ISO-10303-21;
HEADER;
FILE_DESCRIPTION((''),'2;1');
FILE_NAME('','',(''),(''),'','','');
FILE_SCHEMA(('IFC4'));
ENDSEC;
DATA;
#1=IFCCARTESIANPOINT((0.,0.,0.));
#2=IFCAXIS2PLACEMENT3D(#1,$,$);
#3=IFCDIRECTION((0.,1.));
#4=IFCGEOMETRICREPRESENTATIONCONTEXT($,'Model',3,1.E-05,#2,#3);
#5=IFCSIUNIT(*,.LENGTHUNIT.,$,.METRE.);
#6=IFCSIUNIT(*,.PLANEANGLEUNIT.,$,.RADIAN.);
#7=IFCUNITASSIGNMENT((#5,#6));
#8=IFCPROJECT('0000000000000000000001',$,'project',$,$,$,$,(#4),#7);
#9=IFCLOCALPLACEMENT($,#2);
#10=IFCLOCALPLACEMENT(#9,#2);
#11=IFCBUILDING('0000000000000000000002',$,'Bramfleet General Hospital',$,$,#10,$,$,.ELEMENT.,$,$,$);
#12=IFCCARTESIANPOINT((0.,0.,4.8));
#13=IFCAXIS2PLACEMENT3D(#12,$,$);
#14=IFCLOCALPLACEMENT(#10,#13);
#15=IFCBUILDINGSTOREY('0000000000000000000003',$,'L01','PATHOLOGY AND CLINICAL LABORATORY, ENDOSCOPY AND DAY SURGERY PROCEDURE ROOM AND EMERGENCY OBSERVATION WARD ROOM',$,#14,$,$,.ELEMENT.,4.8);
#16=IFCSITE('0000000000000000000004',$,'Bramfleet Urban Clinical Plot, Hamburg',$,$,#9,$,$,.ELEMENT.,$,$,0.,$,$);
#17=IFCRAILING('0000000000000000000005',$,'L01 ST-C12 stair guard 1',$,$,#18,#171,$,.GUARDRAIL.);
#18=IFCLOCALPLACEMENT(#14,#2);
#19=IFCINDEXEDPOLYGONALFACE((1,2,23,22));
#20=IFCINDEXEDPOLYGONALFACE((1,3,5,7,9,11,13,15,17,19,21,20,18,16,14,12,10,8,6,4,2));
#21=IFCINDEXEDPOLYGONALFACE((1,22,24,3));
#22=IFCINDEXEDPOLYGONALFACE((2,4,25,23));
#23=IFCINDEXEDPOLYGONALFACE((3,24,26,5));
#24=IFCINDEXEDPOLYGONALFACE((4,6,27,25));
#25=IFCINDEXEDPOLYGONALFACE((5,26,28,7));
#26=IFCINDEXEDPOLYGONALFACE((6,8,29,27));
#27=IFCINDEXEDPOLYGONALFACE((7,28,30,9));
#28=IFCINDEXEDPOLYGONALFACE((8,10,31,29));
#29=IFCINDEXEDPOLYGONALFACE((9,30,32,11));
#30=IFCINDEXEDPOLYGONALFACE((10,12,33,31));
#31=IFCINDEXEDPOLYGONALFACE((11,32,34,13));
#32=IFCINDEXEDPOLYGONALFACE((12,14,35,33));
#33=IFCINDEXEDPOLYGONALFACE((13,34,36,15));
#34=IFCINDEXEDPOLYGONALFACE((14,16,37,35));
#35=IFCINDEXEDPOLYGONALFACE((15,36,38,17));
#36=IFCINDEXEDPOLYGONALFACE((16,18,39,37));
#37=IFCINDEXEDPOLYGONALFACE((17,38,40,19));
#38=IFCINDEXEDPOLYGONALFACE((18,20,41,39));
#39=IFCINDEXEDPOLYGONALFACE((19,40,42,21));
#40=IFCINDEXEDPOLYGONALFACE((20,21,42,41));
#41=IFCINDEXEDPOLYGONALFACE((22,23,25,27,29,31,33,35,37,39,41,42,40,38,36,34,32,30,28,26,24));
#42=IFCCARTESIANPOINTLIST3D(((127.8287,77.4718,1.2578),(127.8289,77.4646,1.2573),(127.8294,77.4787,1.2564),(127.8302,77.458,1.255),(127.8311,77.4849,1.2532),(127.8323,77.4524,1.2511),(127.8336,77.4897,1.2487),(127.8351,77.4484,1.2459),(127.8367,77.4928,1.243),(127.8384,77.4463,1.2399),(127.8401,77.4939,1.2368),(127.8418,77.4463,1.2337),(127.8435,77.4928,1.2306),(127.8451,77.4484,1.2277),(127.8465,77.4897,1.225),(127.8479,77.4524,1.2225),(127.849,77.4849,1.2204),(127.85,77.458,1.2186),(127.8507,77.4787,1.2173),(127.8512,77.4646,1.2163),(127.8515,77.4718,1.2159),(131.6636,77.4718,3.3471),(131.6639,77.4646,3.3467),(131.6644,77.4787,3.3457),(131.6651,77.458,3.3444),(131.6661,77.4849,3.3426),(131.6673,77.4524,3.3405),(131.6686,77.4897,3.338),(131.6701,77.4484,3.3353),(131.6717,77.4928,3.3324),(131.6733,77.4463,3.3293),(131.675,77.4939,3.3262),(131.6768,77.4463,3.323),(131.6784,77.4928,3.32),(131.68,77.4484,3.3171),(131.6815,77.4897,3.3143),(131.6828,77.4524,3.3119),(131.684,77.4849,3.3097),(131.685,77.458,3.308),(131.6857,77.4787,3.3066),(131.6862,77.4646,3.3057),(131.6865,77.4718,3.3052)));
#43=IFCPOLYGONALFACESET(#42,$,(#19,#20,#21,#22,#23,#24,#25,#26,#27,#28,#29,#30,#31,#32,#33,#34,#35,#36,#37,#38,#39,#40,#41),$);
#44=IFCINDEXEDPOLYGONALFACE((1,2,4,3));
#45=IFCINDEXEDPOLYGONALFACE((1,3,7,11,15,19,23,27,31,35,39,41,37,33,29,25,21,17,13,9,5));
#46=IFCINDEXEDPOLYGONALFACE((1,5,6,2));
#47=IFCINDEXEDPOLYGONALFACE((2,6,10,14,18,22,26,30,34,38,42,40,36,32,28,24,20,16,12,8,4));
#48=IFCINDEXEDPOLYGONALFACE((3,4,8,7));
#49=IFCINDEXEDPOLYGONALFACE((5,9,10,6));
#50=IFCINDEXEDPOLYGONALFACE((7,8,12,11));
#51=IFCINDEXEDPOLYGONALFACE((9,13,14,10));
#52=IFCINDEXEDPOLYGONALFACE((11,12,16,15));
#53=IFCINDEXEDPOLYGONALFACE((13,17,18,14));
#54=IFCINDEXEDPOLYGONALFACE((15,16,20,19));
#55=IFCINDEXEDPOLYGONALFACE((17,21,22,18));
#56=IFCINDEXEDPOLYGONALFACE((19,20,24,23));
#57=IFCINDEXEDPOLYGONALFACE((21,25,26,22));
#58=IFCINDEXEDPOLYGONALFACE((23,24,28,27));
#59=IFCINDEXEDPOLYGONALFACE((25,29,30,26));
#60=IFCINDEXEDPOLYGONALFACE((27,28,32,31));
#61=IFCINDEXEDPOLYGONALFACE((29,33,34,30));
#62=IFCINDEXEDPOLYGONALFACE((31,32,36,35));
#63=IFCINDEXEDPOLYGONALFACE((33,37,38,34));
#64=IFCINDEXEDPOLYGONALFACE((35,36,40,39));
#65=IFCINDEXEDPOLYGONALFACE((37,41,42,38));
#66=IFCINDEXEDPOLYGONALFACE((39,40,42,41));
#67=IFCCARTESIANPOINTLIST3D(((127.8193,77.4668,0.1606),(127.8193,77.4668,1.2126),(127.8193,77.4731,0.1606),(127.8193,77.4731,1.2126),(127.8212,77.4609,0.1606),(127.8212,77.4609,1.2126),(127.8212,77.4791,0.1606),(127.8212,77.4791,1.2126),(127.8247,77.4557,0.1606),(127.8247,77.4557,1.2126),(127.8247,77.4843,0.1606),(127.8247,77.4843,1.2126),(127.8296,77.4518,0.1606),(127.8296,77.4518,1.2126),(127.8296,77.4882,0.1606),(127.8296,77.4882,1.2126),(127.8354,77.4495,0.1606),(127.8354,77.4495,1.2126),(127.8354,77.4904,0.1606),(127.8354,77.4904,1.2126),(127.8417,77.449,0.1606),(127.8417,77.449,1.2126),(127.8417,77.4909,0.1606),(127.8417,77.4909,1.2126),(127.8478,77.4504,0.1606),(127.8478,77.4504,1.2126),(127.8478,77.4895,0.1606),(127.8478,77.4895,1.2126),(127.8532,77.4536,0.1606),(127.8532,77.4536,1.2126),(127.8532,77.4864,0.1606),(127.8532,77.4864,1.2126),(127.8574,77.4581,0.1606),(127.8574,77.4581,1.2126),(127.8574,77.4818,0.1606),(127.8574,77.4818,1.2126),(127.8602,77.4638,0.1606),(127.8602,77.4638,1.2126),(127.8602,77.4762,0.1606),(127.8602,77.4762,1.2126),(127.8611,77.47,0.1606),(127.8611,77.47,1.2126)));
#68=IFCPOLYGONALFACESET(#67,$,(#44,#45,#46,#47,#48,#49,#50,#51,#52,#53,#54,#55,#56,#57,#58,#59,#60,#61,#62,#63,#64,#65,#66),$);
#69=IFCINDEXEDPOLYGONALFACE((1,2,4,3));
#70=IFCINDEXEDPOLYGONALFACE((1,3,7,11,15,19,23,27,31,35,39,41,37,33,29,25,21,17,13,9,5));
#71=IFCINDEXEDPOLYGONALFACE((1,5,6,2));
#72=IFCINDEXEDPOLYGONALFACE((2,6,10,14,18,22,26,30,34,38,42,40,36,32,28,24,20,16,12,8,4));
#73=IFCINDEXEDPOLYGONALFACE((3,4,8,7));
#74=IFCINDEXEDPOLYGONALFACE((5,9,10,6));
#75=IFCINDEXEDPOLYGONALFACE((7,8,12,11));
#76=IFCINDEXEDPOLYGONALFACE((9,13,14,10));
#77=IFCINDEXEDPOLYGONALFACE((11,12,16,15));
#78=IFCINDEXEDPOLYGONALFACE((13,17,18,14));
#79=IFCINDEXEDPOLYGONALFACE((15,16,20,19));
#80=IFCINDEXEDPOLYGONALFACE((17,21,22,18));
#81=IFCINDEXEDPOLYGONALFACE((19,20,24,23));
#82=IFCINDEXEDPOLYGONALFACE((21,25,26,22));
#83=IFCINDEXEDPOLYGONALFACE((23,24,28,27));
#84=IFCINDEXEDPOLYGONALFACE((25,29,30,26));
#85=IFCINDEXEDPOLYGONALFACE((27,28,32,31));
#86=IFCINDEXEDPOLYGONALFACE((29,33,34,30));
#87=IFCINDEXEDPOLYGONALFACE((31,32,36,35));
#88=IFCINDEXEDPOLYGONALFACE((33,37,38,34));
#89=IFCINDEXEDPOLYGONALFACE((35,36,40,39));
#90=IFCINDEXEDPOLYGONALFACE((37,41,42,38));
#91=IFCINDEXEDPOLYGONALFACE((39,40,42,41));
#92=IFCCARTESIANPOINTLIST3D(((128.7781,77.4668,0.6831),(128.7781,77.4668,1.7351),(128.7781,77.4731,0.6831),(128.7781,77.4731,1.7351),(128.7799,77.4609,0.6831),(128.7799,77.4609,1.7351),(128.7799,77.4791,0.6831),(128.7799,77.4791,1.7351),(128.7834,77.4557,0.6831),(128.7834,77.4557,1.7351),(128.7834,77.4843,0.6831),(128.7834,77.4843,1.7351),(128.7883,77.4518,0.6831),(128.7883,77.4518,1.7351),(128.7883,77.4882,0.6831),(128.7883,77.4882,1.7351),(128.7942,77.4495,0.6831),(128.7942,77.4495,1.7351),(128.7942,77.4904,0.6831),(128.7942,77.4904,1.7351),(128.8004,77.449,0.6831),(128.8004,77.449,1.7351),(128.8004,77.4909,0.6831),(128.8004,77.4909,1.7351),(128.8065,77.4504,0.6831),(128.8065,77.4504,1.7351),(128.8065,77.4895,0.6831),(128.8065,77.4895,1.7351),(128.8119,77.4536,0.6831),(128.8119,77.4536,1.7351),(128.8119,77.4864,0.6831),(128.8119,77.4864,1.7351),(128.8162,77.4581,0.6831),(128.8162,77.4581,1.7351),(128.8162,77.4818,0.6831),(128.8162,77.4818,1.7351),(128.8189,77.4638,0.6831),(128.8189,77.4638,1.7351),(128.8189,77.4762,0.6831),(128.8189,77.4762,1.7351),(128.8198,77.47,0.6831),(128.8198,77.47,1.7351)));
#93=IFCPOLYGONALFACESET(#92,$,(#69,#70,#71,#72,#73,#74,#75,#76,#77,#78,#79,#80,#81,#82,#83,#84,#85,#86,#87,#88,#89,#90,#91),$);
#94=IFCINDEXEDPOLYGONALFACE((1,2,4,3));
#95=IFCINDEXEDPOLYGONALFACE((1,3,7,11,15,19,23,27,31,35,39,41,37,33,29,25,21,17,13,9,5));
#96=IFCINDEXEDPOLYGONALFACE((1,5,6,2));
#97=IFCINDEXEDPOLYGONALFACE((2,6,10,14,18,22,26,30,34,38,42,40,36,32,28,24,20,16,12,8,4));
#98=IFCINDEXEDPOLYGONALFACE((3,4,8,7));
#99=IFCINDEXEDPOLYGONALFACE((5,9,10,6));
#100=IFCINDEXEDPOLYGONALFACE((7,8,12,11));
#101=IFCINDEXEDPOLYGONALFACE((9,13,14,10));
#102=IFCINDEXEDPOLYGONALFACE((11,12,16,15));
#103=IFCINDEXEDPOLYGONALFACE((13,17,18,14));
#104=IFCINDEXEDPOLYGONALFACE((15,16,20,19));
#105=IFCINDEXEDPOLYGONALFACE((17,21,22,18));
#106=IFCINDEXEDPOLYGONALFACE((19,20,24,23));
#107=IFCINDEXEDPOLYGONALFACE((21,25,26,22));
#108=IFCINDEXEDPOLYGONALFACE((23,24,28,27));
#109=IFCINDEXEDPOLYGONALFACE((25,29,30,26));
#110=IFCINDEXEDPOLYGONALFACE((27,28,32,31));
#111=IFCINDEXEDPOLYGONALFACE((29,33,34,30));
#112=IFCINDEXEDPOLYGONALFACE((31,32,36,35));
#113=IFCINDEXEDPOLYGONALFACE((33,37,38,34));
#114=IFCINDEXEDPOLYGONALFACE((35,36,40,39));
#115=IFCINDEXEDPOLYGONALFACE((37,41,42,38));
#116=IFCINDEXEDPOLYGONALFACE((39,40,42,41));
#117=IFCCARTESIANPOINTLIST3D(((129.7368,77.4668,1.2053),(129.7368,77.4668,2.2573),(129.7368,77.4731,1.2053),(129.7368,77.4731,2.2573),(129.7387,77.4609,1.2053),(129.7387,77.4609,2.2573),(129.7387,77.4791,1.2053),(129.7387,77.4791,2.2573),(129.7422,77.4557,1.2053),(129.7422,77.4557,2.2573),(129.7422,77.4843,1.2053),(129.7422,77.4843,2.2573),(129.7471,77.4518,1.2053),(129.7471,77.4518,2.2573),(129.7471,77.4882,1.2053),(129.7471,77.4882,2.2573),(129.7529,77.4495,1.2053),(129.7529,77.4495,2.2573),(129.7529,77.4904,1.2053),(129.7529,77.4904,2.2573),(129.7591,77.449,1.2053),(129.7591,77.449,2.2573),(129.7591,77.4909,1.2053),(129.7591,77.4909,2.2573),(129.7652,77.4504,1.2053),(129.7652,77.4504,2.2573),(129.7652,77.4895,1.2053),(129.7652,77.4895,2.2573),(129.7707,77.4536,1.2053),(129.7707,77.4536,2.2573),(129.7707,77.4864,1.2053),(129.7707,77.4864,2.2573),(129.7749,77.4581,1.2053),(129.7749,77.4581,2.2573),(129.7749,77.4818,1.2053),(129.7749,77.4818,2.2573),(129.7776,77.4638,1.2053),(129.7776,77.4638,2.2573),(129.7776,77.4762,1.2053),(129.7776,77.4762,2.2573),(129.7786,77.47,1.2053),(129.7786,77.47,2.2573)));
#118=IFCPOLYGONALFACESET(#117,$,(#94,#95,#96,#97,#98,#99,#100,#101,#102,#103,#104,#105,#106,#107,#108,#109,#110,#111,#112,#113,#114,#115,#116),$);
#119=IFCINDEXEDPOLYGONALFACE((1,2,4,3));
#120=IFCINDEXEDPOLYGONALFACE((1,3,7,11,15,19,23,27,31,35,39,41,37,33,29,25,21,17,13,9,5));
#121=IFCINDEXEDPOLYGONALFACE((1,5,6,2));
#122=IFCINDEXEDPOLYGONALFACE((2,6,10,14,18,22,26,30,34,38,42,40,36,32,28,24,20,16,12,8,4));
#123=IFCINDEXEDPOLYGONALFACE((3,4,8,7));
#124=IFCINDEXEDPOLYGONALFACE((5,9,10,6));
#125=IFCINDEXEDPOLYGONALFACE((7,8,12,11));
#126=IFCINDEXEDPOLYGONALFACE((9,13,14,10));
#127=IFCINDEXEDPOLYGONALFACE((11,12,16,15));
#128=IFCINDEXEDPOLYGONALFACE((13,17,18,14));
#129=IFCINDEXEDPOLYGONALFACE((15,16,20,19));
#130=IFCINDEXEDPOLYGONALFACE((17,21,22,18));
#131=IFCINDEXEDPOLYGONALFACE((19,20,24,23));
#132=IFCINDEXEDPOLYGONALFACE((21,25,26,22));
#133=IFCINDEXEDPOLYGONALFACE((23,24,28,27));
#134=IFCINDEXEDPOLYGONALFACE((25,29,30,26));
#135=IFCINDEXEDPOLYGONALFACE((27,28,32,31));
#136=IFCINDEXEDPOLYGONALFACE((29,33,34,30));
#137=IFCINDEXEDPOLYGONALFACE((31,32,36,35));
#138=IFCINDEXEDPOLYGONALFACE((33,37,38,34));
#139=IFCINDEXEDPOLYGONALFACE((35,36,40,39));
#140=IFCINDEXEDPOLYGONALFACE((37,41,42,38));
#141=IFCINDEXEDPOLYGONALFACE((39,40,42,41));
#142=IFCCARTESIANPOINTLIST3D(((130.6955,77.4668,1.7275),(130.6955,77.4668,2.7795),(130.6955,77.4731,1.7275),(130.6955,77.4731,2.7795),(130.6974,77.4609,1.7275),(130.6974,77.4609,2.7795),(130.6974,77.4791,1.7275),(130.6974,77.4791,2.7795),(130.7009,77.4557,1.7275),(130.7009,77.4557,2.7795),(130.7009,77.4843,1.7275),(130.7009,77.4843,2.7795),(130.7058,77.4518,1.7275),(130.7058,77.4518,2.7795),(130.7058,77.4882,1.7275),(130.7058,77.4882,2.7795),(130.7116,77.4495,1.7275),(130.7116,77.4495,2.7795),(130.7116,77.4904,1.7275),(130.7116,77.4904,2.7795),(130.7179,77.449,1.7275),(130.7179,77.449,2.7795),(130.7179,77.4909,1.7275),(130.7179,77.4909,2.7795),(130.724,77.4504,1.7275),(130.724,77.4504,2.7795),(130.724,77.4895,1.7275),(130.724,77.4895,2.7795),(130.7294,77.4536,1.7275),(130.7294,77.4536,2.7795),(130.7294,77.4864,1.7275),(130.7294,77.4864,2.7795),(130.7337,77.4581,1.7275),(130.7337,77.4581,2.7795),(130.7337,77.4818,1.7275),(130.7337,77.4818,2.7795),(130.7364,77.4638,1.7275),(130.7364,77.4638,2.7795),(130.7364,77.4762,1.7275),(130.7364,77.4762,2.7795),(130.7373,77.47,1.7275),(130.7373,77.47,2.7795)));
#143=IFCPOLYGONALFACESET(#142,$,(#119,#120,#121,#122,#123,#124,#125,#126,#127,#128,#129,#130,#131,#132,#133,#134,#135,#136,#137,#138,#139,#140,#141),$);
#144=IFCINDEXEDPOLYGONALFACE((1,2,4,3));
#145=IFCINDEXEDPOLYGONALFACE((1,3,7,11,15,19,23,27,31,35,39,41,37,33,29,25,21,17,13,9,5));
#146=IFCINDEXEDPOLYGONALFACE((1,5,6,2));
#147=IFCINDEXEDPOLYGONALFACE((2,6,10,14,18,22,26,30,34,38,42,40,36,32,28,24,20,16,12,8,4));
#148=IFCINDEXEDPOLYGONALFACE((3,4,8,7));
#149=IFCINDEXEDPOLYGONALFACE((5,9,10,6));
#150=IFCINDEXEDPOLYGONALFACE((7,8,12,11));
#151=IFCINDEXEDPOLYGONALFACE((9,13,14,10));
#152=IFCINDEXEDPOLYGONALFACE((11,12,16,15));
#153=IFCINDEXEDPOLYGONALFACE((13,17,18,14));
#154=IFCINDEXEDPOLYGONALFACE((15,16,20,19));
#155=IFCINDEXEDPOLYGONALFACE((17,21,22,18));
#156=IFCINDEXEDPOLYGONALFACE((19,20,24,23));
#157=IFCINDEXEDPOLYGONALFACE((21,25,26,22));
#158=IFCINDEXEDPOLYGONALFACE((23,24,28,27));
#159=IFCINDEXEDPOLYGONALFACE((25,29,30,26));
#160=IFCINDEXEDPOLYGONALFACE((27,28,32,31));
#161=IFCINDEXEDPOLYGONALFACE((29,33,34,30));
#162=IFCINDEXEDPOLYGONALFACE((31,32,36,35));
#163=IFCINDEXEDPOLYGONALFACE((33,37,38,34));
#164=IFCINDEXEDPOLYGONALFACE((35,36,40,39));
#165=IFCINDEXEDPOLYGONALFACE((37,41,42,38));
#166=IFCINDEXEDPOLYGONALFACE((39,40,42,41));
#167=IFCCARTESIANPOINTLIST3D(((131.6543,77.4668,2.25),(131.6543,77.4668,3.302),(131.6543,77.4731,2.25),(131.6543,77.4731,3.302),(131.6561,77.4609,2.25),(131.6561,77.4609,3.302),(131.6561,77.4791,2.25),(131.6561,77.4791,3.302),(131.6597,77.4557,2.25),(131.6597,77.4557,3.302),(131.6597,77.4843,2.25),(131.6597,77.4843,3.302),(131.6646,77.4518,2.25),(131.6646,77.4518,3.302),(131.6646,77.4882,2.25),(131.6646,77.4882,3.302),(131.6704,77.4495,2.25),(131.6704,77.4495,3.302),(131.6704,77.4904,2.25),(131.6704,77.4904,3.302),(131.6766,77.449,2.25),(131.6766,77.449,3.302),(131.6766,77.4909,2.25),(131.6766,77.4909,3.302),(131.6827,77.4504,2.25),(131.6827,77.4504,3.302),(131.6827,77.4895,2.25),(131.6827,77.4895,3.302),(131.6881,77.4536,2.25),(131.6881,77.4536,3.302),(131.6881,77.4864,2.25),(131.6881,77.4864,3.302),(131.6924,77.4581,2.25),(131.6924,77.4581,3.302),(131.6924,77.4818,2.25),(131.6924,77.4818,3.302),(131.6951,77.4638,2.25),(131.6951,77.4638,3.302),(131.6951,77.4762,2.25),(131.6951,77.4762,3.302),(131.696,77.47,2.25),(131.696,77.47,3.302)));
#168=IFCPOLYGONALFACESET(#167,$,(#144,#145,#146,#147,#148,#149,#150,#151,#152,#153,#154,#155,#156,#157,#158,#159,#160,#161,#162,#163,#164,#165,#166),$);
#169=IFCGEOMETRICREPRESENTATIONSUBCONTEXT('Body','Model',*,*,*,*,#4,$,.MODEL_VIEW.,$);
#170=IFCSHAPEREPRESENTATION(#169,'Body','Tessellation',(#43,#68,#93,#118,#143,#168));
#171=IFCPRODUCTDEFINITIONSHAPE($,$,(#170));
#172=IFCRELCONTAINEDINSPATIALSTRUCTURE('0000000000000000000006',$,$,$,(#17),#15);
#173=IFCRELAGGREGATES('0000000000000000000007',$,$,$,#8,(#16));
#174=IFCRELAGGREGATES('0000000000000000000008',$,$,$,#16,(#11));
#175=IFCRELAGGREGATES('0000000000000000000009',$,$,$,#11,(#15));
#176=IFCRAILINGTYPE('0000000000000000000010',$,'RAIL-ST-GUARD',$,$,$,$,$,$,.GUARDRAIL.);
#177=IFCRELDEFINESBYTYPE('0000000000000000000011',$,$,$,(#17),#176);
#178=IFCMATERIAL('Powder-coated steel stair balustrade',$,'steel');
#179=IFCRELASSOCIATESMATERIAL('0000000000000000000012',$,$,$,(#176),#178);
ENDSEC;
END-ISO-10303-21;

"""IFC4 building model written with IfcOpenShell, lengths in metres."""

from ifc_helpers import new_model, si_unit, direction, frame, origin, origin_2d, place, context, subcontext, project, spatial, circle, extrude, material, type_object, element, save


model = new_model("IFC4")

# Units and contexts
model_context = context("Model", 3, precision=1e-05, world=origin(), true_north=direction((0.0, 1.0)))
body_context = subcontext(model_context, "Body", "Model", "MODEL_VIEW")
ifc_project = project(units=[si_unit("LENGTHUNIT", "METRE"), si_unit("PLANEANGLEUNIT", "RADIAN")], contexts=[model_context])

# Site, building, storey
site_placement = place(None, origin())
site = spatial("IfcSite", under=ifc_project, at=site_placement, Name="Bramfleet Urban Clinical Plot, Hamburg", CompositionType="ELEMENT", RefElevation=0.0)
building_placement = place(site_placement, origin())
building = spatial("IfcBuilding", under=site, at=building_placement, Name="Bramfleet General Hospital", CompositionType="ELEMENT")
storey_placement = place(building_placement, frame((0.0, 0.0, 4.8)))
storey = spatial("IfcBuildingStorey", under=building, at=storey_placement, Name="L01", Description="PATHOLOGY AND CLINICAL LABORATORY, ENDOSCOPY AND DAY SURGERY PROCEDURE ROOM AND EMERGENCY OBSERVATION WARD ROOM", CompositionType="ELEMENT", Elevation=4.8)

# Railing
ifc_material_1 = material(Name="Powder-coated steel stair balustrade", Category="steel")
railing_type_1 = type_object("IfcRailingType", Name="RAIL-ST-GUARD", PredefinedType="GUARDRAIL", material=ifc_material_1)
railing_1_placement = place(storey_placement, frame((127.8401, 77.47, 0.1606)))
element("IfcRailing", 1, at=railing_1_placement, inside=storey, type_object=railing_type_1, Name="L01 ST-C12 stair guard 1", PredefinedType="GUARDRAIL", context=body_context, shape_type="SweptSolid", body=[
    extrude(circle(Radius=0.0239, at=origin_2d()), frame((0.0, 0.0, 1.0762), z_axis=(0.87813, 0.0, 0.478421), x_axis=(0.0, 1.0, 0.0)), (0.0, 0.0, 1.0), 4.3672),
    extrude(circle(Radius=0.021, at=origin_2d()), origin(), (0.0, 0.0, 1.0), 1.052),
    extrude(circle(Radius=0.021, at=origin_2d()), frame((0.9587, 0.0, 0.5225)), (0.0, 0.0, 1.0), 1.052),
    extrude(circle(Radius=0.021, at=origin_2d()), frame((1.9175, 0.0, 1.0447)), (0.0, 0.0, 1.0), 1.052),
    extrude(circle(Radius=0.021, at=origin_2d()), frame((2.8762, 0.0, 1.5669)), (0.0, 0.0, 1.0), 1.052),
    extrude(circle(Radius=0.021, at=origin_2d()), frame((3.835, 0.0, 2.0894)), (0.0, 0.0, 1.0), 1.052),
])

save(model, "model.ifc")
